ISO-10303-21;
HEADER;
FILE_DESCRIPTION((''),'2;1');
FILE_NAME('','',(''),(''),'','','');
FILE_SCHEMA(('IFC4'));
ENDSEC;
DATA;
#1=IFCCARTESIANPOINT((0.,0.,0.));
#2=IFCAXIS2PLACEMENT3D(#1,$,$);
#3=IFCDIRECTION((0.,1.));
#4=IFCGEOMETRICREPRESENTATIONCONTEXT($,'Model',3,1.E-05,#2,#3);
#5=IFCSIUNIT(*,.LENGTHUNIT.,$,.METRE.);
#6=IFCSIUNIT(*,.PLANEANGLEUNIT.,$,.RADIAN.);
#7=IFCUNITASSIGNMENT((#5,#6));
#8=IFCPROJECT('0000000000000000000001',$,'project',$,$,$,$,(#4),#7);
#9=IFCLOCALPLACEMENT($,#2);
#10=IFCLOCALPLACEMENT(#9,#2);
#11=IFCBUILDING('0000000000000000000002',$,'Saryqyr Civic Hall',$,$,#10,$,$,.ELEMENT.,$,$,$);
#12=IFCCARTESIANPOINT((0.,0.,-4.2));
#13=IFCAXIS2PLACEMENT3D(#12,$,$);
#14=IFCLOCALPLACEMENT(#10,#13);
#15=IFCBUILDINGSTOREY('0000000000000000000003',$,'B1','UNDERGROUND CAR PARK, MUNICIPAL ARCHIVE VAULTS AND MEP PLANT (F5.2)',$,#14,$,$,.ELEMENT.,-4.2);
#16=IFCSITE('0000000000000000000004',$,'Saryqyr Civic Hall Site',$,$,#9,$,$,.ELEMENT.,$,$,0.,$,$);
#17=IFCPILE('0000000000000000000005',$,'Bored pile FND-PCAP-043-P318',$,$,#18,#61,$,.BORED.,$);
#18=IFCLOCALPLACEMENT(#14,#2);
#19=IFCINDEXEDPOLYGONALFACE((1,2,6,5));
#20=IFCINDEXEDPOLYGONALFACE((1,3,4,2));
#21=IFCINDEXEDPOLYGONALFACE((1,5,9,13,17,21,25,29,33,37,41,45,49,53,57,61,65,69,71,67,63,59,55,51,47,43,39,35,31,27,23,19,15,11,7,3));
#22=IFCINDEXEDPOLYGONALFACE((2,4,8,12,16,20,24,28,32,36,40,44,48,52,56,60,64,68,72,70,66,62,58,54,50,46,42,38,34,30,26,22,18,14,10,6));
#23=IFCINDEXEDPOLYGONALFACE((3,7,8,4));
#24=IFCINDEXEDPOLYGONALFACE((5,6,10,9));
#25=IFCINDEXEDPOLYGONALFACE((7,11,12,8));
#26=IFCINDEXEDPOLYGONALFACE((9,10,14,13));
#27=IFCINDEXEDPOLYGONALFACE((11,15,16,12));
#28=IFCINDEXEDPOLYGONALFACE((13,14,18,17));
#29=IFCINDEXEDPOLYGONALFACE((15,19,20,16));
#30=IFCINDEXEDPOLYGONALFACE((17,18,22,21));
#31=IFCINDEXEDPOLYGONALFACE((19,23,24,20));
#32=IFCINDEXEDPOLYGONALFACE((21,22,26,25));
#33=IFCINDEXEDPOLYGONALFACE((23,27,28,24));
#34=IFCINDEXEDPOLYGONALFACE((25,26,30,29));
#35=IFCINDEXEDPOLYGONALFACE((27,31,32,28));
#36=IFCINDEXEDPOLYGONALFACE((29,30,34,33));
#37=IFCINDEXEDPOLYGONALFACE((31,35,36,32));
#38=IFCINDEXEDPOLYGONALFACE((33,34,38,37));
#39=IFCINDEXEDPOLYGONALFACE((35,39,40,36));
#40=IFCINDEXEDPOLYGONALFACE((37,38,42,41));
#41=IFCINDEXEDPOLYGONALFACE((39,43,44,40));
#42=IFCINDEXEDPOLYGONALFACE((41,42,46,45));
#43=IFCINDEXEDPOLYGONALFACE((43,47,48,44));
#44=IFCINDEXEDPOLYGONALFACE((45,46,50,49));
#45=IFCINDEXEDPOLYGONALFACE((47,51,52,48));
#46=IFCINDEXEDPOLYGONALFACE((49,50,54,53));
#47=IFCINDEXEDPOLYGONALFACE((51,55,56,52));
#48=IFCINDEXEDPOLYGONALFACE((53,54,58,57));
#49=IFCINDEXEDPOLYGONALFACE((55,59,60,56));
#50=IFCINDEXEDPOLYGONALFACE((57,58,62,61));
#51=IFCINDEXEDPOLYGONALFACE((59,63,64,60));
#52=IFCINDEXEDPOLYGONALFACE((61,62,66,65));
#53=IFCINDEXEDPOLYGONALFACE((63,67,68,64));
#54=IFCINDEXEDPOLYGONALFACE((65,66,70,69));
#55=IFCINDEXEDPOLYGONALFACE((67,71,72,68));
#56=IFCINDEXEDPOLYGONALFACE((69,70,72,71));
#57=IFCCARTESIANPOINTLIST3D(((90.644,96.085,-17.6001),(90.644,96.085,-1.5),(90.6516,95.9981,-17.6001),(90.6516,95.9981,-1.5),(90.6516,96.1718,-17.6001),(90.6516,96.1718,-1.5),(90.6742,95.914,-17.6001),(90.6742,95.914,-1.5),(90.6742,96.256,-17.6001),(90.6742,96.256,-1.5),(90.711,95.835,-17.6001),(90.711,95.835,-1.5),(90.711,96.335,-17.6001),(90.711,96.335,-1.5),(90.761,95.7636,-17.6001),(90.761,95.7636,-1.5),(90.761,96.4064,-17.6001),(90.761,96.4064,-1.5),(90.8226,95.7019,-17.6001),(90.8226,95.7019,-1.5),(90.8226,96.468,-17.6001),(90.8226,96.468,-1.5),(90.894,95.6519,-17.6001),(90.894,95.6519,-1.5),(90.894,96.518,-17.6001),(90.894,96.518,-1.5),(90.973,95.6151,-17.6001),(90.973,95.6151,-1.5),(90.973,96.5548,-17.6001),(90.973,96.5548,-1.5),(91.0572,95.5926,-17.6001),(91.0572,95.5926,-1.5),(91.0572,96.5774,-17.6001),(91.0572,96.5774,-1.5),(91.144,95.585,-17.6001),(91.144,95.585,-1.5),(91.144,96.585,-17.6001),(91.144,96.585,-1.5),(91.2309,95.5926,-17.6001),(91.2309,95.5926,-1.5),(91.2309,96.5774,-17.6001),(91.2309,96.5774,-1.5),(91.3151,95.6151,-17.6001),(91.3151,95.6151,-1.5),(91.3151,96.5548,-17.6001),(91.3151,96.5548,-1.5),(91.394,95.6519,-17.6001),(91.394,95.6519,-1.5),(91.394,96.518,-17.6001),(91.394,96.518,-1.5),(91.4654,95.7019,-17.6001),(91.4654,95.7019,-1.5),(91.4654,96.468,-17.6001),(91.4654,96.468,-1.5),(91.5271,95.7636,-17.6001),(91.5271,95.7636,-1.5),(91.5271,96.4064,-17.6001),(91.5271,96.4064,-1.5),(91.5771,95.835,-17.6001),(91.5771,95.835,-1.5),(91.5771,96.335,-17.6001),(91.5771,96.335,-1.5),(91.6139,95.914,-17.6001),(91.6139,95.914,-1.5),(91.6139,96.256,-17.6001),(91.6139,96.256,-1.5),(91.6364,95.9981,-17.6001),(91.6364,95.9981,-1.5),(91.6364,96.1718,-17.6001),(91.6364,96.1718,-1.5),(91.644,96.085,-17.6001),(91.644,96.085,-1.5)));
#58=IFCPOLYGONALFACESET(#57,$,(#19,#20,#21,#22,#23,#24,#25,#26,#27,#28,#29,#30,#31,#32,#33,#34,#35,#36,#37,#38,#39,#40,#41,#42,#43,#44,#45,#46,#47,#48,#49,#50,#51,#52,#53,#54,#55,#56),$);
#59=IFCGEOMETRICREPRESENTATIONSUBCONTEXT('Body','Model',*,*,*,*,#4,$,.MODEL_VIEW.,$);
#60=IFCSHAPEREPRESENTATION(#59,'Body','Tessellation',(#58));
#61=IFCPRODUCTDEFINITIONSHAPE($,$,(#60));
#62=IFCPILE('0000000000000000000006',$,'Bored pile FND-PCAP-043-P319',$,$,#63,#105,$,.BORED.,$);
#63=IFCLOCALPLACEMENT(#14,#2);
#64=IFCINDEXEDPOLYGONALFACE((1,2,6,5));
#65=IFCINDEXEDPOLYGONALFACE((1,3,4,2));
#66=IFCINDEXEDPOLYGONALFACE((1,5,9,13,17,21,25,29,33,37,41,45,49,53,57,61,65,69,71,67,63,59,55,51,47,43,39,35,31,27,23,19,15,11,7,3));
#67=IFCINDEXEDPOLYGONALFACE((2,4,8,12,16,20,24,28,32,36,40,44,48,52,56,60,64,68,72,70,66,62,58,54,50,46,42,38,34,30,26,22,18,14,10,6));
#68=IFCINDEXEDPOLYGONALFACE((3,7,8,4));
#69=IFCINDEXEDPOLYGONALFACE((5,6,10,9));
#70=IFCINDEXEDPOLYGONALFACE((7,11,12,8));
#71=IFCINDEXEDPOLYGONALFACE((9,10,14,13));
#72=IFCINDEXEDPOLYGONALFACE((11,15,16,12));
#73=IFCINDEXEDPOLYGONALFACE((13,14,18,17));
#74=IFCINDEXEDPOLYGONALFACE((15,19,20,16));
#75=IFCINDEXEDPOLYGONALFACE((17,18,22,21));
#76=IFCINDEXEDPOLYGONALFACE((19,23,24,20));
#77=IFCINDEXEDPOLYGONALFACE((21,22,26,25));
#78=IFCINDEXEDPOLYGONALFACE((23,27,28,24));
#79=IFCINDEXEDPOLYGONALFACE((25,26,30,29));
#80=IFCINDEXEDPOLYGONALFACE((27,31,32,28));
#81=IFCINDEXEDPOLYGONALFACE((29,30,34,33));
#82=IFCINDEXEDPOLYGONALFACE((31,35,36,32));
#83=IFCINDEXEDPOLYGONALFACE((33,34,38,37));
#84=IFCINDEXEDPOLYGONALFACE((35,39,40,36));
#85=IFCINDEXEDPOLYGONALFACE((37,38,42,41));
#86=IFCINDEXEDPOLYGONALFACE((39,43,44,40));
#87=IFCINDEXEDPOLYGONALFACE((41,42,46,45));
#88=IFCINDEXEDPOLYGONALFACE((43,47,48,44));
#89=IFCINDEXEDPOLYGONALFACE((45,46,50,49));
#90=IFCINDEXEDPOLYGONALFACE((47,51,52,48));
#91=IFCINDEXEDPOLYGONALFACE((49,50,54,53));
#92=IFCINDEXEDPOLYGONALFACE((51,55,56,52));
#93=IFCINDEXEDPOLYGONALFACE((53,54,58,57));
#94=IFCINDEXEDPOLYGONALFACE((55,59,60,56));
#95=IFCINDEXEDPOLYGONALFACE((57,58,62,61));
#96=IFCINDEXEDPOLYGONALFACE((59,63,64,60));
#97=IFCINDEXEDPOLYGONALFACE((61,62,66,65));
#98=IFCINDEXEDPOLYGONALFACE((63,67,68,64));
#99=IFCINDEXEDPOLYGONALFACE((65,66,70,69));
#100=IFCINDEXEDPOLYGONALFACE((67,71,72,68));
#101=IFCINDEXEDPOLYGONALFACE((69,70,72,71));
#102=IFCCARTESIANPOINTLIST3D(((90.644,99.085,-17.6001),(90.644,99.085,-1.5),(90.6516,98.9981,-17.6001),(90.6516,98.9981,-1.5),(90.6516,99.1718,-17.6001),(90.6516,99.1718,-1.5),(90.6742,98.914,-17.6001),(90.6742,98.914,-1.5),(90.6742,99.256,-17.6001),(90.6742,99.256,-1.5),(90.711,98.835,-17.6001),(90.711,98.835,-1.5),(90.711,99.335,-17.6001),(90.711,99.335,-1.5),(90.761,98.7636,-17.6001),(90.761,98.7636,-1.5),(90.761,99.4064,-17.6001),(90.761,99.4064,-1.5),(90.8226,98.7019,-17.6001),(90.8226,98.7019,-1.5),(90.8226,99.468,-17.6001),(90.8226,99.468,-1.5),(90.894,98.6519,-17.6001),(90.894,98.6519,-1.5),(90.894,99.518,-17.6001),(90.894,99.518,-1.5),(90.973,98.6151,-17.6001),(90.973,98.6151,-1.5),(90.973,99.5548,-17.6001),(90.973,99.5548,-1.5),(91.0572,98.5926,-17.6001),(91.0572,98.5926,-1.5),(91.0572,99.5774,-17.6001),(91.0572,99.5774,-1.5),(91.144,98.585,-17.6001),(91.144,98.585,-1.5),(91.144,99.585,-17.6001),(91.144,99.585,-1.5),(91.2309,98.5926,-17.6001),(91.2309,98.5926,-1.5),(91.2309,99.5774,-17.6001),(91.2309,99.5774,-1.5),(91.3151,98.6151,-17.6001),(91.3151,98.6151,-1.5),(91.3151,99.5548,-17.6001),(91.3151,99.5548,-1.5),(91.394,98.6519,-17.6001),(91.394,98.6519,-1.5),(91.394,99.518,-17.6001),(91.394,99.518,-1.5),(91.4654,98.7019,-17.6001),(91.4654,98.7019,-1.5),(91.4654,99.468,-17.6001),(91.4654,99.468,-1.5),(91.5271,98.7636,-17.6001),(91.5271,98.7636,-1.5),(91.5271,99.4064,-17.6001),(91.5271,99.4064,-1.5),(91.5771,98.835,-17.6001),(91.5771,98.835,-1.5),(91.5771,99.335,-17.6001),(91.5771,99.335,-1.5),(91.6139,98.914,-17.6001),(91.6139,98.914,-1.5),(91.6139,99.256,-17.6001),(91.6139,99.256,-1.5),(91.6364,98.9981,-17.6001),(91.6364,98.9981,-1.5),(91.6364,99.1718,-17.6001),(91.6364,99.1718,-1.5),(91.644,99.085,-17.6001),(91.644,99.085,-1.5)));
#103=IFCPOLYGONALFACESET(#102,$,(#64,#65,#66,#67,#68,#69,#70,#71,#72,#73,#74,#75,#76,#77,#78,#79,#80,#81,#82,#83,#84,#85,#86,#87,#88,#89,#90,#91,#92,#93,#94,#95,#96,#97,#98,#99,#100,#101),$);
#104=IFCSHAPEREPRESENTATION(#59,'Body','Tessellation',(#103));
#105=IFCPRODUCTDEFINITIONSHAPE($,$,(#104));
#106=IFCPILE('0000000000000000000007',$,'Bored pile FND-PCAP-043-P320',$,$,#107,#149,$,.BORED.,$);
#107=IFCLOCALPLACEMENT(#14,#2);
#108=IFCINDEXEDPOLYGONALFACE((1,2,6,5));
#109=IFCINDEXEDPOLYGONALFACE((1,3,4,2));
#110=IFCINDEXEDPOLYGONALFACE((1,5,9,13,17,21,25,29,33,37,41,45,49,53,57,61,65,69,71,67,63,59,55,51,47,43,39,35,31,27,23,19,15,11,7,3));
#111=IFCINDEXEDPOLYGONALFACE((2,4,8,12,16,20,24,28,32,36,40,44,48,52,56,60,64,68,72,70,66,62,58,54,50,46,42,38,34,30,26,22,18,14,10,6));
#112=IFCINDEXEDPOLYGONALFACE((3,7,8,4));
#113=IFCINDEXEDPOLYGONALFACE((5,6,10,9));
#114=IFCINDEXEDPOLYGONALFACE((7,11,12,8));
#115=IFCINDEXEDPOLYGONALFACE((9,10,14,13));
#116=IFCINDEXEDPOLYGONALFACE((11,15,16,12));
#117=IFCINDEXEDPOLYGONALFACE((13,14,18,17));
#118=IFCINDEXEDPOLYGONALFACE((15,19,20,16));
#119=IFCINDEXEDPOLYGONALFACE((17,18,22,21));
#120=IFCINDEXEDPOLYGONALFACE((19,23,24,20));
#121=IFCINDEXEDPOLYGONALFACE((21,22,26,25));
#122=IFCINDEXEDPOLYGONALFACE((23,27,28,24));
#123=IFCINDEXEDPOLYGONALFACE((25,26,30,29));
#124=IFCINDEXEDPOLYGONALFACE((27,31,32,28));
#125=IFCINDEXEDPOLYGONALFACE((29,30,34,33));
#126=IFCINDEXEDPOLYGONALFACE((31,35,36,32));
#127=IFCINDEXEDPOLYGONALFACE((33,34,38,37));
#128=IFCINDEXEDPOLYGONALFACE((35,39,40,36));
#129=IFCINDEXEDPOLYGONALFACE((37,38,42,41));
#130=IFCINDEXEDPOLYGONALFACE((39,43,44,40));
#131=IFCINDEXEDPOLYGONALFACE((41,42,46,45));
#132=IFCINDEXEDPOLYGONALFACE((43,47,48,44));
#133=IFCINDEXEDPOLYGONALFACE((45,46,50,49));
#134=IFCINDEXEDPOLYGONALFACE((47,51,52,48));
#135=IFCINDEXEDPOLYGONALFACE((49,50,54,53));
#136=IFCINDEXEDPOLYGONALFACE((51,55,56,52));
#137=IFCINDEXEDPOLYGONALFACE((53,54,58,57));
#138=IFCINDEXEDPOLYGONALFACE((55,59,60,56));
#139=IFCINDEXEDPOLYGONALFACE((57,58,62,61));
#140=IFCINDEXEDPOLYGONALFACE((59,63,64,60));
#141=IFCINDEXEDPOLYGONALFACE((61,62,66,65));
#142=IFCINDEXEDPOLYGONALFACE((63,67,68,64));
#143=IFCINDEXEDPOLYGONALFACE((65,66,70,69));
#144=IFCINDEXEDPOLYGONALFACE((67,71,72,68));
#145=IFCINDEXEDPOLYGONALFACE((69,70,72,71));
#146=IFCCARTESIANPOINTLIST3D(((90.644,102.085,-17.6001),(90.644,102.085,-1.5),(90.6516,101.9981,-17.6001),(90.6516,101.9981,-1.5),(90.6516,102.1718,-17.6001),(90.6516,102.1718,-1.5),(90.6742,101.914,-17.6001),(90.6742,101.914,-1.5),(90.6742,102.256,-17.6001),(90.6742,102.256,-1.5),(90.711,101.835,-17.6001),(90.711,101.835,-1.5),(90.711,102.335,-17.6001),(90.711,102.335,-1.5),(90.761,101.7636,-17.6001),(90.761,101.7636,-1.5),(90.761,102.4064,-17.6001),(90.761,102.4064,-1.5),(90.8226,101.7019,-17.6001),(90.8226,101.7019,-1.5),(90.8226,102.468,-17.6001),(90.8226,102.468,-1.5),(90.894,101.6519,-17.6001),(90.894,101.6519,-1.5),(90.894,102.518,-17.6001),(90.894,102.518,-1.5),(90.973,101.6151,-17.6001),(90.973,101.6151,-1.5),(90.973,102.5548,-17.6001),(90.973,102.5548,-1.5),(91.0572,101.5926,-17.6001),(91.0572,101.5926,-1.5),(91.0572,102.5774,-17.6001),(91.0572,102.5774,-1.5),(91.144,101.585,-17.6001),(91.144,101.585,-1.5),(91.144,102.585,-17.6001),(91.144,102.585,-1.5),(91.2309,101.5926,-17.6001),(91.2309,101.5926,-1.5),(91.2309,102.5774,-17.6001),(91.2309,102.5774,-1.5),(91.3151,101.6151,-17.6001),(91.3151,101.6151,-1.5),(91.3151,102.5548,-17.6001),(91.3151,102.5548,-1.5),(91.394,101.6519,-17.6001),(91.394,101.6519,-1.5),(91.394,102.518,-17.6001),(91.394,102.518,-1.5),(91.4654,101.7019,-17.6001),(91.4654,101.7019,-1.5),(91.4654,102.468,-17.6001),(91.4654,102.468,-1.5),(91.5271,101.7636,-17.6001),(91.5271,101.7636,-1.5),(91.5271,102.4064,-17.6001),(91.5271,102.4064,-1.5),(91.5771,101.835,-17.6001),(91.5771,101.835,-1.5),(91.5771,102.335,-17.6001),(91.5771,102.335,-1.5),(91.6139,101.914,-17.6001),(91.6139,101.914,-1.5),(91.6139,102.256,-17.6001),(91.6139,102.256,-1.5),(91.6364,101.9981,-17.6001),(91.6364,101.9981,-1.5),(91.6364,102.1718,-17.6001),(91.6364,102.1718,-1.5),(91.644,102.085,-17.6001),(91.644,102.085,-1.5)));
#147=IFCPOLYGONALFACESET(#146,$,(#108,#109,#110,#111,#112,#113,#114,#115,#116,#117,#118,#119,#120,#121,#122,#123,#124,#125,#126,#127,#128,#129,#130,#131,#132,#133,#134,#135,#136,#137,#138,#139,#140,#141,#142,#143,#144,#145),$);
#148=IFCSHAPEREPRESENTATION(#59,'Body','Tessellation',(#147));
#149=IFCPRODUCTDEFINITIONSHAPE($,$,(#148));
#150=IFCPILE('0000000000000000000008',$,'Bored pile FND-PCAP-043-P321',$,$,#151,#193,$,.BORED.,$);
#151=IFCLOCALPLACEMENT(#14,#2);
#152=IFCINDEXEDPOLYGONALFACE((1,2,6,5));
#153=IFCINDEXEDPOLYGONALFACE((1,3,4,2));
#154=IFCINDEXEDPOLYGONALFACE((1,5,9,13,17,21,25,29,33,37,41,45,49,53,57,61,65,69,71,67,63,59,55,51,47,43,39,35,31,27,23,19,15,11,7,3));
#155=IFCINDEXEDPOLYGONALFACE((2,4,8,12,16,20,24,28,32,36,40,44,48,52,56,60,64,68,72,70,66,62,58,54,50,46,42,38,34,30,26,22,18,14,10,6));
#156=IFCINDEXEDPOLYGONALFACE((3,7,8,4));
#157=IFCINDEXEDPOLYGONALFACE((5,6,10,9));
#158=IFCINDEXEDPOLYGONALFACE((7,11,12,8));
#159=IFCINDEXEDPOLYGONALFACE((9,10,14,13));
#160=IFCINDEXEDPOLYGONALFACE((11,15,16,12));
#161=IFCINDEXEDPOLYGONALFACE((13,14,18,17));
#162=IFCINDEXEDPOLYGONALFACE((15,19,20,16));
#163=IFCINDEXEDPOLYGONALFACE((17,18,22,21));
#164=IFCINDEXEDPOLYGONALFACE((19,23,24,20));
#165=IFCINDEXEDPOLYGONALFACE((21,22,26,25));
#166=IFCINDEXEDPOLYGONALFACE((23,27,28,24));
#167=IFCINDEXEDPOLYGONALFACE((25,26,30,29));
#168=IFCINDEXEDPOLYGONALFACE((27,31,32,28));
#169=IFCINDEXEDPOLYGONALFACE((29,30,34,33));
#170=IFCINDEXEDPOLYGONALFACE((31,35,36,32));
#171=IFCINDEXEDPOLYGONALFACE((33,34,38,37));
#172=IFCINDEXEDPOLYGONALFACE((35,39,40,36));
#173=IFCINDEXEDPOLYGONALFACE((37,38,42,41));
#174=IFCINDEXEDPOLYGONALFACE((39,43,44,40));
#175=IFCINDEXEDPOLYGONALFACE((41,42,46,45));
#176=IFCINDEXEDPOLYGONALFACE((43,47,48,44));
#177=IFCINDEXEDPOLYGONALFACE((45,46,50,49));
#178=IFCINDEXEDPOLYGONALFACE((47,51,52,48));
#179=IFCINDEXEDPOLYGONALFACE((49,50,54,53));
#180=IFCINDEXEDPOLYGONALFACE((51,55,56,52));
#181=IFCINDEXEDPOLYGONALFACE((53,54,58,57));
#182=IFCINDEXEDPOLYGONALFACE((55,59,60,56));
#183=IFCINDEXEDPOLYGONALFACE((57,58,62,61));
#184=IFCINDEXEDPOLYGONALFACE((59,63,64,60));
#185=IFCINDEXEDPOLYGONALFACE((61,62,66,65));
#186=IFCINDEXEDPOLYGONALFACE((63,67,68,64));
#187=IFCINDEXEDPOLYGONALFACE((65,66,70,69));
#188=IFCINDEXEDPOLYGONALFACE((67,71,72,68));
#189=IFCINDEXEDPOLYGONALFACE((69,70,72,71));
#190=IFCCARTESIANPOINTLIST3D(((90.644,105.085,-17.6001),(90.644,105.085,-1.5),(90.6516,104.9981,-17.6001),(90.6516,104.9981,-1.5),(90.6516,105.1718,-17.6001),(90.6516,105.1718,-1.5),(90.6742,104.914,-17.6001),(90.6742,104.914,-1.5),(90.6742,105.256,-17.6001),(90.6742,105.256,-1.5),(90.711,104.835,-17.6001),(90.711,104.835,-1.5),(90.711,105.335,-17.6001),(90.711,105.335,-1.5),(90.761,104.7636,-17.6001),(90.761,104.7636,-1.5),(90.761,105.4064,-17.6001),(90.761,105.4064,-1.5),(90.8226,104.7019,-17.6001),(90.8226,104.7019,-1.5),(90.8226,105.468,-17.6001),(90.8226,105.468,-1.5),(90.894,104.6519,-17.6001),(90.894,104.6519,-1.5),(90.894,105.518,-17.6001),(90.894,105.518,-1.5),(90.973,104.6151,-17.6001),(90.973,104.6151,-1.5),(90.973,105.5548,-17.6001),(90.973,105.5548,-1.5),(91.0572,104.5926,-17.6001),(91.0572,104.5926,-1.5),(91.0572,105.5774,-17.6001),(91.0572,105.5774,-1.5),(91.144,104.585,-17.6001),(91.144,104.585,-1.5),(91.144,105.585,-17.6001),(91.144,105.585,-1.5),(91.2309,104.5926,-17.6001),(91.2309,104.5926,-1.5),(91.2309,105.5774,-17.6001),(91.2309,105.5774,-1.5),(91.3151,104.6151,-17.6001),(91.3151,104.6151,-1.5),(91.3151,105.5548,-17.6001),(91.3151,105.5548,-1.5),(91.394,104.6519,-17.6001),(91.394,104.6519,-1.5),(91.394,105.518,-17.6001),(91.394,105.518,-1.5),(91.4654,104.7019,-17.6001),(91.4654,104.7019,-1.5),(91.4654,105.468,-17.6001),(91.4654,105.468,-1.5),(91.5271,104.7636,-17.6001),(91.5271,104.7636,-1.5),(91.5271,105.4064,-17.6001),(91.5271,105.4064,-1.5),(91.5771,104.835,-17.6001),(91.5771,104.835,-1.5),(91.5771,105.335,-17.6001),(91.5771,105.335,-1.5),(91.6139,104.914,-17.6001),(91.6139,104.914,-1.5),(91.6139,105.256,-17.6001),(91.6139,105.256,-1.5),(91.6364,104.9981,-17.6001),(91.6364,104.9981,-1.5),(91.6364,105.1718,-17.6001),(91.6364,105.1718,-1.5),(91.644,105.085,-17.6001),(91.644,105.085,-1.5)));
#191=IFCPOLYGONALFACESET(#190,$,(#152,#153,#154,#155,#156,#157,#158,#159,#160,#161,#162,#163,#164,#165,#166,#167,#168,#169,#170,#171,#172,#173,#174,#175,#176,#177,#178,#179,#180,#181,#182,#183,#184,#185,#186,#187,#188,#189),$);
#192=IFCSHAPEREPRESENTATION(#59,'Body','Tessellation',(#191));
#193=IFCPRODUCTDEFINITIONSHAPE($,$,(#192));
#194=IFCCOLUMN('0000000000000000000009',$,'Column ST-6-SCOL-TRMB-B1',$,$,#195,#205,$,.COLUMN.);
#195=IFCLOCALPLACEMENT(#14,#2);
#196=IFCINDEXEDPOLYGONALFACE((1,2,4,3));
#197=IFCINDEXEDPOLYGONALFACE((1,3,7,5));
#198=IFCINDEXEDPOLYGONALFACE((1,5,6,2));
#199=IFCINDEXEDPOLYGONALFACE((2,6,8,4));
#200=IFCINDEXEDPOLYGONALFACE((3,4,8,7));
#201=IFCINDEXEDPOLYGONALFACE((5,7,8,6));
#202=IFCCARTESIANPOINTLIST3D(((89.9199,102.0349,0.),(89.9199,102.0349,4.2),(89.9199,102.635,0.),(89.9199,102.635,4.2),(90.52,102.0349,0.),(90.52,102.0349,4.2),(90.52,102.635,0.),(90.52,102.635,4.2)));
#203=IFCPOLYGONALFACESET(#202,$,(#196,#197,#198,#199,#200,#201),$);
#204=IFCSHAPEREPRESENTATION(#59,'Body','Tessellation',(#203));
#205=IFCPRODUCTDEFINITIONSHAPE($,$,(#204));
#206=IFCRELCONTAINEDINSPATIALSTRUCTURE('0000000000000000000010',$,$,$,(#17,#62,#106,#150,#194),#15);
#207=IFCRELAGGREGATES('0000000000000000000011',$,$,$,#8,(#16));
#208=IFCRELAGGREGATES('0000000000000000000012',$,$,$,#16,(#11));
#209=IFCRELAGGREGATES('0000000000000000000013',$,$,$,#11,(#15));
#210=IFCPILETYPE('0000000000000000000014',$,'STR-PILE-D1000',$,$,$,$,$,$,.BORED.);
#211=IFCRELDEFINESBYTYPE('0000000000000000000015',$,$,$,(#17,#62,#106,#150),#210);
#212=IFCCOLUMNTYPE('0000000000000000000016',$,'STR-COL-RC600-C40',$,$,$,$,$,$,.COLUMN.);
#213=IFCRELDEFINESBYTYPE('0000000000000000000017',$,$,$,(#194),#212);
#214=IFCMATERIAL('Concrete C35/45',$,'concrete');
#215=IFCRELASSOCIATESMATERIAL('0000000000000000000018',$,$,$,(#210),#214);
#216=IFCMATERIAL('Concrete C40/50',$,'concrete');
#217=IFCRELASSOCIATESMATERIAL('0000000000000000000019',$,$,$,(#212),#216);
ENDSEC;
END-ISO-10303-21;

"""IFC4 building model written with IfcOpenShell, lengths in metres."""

from ifc_helpers import new_model, si_unit, direction, frame, origin, origin_2d, place, context, subcontext, project, spatial, rectangle, circle, extrude, material, material_profile, profile_set, type_object, element, save


model = new_model("IFC4")

# Units and contexts
model_context = context("Model", 3, precision=1e-05, world=origin(), true_north=direction((0.0, 1.0)))
body_context = subcontext(model_context, "Body", "Model", "MODEL_VIEW")
ifc_project = project(units=[si_unit("LENGTHUNIT", "METRE"), si_unit("PLANEANGLEUNIT", "RADIAN")], contexts=[model_context])

# Site, building, storey
site_placement = place(None, origin())
site = spatial("IfcSite", under=ifc_project, at=site_placement, Name="Saryqyr Civic Hall Site", CompositionType="ELEMENT", RefElevation=0.0)
building_placement = place(site_placement, origin())
building = spatial("IfcBuilding", under=site, at=building_placement, Name="Saryqyr Civic Hall", CompositionType="ELEMENT")
storey_placement = place(building_placement, frame((0.0, 0.0, -4.2)))
storey = spatial("IfcBuildingStorey", under=building, at=storey_placement, Name="B1", Description="UNDERGROUND CAR PARK, MUNICIPAL ARCHIVE VAULTS AND MEP PLANT (F5.2)", CompositionType="ELEMENT", Elevation=-4.2)

# Piles
ifc_material_1 = material(Name="Concrete C35/45", Category="concrete")
ifc_material_profile_1 = material_profile(ifc_material_1, circle(Radius=0.5, at=origin_2d()), Name="BORED PILE D1000")
ifc_profile_set_1 = profile_set([ifc_material_profile_1], Name="Concrete C35/45")
pile_type = type_object("IfcPileType", Name="STR-PILE-D1000", PredefinedType="BORED", material=ifc_profile_set_1)
for number, where, z_axis, x_axis, name in (
    (1, (91.144, 96.085, -1.5), (0.0, 0.0, -1.0), (1.0, 0.0, 0.0), "Bored pile FND-PCAP-043-P318"),
    (2, (91.144, 99.085, -1.5), (0.0, 0.0, -1.0), (1.0, 0.0, 0.0), "Bored pile FND-PCAP-043-P319"),
    (3, (91.144, 102.085, -1.5), (0.0, 0.0, -1.0), (1.0, 0.0, 0.0), "Bored pile FND-PCAP-043-P320"),
    (4, (91.144, 105.085, -1.5), (0.0, 0.0, -1.0), (1.0, 0.0, 0.0), "Bored pile FND-PCAP-043-P321"),
):
    element("IfcPile", number, at=place(storey_placement, frame(where, z_axis=z_axis, x_axis=x_axis)), inside=storey, type_object=pile_type, Name=name, PredefinedType="BORED", context=body_context, shape_type="SweptSolid", body=[
        extrude(circle(Radius=0.5, at=origin_2d()), origin(), (0.0, 0.0, 1.0), 16.1001),
    ])

# Column
ifc_material_2 = material(Name="Concrete C40/50", Category="concrete")
ifc_material_profile_2 = material_profile(ifc_material_2, rectangle(XDim=0.6001, YDim=0.6001, at=origin_2d()), Name="RC 600x600")
ifc_profile_set_2 = profile_set([ifc_material_profile_2], Name="Concrete C40/50")
column_type_1 = type_object("IfcColumnType", Name="STR-COL-RC600-C40", PredefinedType="COLUMN", material=ifc_profile_set_2)
column_placement = place(storey_placement, frame((90.22, 102.335, 0.0), z_axis=(0.0, 0.0, 1.0), x_axis=(1.0, 0.0, 0.0)))
element("IfcColumn", 5, at=column_placement, inside=storey, type_object=column_type_1, Name="Column ST-6-SCOL-TRMB-B1", PredefinedType="COLUMN", context=body_context, shape_type="SweptSolid", body=[
    extrude(rectangle(XDim=0.6001, YDim=0.6001, at=origin_2d()), origin(), (0.0, 0.0, 1.0), 4.2),
])

save(model, "model.ifc")
